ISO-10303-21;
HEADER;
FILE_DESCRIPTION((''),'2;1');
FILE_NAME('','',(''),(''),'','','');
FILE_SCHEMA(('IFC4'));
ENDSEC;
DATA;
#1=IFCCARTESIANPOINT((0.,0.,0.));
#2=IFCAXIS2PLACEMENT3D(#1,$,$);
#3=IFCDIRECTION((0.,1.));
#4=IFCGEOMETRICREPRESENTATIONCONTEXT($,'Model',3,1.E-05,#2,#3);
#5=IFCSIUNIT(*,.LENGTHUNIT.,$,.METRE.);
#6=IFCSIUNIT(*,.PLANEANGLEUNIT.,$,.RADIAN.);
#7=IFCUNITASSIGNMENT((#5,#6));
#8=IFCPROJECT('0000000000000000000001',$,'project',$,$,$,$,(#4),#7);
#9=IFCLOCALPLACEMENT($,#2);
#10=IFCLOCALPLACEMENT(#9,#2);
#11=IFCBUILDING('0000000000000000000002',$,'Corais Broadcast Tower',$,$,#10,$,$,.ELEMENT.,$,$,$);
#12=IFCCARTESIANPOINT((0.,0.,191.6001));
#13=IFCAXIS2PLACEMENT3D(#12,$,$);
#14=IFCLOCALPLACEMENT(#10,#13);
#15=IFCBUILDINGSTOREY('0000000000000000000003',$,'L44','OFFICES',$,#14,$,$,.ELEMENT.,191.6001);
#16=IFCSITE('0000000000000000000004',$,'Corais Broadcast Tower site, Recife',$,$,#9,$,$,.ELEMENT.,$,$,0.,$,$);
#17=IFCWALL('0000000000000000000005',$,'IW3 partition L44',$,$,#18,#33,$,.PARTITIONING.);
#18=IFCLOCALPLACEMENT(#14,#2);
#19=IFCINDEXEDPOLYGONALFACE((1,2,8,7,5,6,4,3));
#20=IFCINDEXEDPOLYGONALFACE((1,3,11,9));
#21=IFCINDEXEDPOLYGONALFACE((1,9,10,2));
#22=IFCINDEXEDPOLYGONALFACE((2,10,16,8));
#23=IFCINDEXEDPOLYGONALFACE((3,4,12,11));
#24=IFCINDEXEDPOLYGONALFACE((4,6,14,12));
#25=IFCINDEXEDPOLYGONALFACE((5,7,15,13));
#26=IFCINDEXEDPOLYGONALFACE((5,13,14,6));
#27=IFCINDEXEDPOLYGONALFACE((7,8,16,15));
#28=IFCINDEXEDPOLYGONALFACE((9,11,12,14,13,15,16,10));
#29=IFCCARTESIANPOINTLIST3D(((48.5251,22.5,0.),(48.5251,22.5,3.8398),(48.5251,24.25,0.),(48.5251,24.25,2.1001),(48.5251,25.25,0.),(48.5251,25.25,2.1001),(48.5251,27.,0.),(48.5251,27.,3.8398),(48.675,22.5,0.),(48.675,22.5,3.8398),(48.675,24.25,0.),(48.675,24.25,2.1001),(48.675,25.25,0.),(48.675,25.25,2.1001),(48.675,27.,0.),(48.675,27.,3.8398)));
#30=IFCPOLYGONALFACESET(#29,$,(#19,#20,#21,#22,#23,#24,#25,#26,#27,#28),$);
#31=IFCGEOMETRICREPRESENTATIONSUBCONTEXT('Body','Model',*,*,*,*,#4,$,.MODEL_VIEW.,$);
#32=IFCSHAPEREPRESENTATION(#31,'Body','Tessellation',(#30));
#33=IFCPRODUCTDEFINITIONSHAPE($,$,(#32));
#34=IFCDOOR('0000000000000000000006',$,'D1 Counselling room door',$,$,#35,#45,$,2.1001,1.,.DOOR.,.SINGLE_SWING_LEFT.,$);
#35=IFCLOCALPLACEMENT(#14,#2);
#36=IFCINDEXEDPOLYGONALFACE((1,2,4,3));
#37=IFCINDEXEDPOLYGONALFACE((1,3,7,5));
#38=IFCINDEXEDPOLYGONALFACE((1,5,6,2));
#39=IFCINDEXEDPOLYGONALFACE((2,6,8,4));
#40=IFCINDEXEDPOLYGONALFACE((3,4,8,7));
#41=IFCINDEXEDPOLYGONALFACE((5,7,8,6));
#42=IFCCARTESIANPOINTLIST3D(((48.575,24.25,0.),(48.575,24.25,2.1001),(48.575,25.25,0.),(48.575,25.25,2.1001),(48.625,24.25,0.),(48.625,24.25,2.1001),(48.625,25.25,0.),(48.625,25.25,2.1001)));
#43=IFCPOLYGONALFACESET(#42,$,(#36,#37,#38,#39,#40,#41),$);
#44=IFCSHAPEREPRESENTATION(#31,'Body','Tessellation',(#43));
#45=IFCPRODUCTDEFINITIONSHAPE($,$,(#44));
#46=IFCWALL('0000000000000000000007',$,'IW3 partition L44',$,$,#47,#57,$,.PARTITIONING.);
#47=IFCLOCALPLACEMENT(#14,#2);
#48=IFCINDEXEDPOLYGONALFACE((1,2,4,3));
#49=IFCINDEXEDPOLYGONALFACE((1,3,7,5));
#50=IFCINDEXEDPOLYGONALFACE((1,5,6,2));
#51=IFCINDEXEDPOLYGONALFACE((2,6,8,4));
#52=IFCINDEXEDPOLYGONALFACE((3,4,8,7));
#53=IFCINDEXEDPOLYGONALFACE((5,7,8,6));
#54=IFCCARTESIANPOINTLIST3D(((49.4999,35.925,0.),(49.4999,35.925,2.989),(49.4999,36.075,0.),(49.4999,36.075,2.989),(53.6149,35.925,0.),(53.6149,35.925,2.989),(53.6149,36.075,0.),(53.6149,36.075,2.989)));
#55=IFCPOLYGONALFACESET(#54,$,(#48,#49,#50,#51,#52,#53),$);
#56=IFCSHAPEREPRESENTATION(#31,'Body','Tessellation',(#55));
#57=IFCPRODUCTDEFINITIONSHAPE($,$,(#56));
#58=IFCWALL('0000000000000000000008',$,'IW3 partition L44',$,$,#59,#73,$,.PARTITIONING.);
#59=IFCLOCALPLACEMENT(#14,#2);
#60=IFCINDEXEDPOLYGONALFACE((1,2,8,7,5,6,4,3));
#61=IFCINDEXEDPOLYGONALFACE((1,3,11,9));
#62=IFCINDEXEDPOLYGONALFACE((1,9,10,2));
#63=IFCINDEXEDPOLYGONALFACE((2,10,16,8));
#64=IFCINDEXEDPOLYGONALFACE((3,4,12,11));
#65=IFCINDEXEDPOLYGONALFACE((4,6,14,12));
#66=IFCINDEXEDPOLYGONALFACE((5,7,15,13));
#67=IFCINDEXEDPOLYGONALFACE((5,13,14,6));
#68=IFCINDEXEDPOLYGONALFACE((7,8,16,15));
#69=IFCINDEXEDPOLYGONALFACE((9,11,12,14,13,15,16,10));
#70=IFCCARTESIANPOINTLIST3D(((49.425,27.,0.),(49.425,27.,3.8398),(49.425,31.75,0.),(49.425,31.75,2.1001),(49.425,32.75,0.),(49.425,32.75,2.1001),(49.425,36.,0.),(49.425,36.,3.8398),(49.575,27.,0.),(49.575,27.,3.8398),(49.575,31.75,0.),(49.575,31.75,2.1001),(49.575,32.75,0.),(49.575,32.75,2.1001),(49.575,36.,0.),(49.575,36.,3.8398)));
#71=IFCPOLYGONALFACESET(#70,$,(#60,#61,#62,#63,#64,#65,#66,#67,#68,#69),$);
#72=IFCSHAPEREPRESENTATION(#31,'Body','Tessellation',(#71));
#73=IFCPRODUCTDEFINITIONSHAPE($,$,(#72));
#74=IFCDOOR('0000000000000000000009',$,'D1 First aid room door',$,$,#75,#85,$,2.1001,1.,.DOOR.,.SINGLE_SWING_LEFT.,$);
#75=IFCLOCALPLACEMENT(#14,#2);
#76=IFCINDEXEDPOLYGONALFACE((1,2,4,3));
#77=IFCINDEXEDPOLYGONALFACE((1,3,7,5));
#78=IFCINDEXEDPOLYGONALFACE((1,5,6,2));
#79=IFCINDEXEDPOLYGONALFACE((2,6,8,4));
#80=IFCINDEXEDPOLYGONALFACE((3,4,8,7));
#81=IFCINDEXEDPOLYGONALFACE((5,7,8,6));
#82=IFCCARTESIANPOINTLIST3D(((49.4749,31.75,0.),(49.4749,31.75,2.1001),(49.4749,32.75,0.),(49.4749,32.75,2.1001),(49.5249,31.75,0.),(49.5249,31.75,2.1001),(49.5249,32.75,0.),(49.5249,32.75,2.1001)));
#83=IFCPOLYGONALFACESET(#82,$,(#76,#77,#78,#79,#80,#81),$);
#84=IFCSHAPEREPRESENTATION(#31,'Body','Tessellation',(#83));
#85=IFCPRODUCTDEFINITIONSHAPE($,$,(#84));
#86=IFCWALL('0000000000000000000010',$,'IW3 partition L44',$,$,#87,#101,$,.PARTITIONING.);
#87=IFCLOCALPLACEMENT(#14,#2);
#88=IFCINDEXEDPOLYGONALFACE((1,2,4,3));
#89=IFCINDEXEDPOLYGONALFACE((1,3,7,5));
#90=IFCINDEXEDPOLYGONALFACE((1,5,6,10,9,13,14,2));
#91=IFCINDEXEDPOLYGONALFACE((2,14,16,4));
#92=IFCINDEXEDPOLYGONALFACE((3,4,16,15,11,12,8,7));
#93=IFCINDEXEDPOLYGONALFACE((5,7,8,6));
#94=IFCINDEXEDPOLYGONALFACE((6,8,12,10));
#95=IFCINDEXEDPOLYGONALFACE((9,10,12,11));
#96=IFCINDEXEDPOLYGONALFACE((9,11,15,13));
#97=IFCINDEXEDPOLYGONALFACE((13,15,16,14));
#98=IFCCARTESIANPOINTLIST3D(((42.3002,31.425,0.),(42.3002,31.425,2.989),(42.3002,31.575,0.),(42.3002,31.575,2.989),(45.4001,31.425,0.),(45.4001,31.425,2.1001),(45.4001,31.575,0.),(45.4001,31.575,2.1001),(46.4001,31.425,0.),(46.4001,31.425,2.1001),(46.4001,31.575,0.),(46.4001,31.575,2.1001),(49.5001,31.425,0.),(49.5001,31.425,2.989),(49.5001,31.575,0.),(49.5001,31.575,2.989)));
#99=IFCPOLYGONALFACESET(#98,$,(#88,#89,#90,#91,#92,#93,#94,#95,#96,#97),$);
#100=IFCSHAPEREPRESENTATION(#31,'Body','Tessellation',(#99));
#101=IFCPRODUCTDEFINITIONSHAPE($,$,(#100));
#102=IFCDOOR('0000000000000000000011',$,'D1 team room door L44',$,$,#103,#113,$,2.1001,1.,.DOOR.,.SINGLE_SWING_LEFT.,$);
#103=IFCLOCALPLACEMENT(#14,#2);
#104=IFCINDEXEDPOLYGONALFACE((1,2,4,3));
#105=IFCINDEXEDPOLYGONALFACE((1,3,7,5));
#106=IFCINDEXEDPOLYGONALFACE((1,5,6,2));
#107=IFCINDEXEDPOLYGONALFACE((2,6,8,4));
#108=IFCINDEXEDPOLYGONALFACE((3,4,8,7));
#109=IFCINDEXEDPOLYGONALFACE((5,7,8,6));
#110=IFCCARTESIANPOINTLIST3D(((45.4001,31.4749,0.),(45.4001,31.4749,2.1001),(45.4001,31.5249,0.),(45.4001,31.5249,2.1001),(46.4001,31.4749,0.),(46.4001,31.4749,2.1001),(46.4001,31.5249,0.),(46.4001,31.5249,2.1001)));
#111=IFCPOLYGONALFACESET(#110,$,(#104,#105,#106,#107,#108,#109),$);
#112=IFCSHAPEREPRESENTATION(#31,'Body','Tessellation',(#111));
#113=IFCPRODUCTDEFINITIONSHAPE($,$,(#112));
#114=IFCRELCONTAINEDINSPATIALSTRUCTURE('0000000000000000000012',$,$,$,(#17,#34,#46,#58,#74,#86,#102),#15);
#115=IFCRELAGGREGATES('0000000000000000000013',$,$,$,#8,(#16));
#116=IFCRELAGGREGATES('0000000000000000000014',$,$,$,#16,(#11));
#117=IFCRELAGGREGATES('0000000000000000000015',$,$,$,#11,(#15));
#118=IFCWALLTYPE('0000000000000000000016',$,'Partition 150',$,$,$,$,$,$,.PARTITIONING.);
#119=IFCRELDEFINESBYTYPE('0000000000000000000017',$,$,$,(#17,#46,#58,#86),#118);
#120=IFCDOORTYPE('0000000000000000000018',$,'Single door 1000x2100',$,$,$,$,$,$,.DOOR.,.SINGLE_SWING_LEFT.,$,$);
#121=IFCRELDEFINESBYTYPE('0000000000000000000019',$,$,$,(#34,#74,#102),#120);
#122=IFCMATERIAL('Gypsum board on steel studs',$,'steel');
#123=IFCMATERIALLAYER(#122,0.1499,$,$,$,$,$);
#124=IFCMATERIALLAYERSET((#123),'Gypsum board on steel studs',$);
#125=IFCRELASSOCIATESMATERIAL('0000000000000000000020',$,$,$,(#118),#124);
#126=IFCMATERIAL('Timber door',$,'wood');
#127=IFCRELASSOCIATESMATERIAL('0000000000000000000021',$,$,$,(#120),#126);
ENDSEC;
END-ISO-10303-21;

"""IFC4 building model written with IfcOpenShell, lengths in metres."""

from ifc_helpers import new_model, si_unit, direction, frame, frame_2d, origin, place, context, subcontext, project, spatial, rectangle, extrude, material, layer, layer_set, type_object, element, fill, save


model = new_model("IFC4")

# Units and contexts
model_context = context("Model", 3, precision=1e-05, world=origin(), true_north=direction((0.0, 1.0)))
body_context = subcontext(model_context, "Body", "Model", "MODEL_VIEW")
ifc_project = project(units=[si_unit("LENGTHUNIT", "METRE"), si_unit("PLANEANGLEUNIT", "RADIAN")], contexts=[model_context])

# Site, building, storey
site_placement = place(None, origin())
site = spatial("IfcSite", under=ifc_project, at=site_placement, Name="Corais Broadcast Tower site, Recife", CompositionType="ELEMENT", RefElevation=0.0)
building_placement = place(site_placement, origin())
building = spatial("IfcBuilding", under=site, at=building_placement, Name="Corais Broadcast Tower", CompositionType="ELEMENT")
storey_placement = place(building_placement, frame((0.0, 0.0, 191.6001)))
storey = spatial("IfcBuildingStorey", under=building, at=storey_placement, Name="L44", Description="OFFICES", CompositionType="ELEMENT", Elevation=191.6001)

# Shared definitions
ifc_material_1 = material(Name="Gypsum board on steel studs", Category="steel")
ifc_layer_1 = layer(ifc_material_1, 0.1499)
ifc_layer_set_1 = layer_set([ifc_layer_1], Name="Gypsum board on steel studs")
wall_type = type_object("IfcWallType", Name="Partition 150", PredefinedType="PARTITIONING", material=ifc_layer_set_1)

# Wall, opening, door
wall_1_placement = place(storey_placement, frame((48.6001, 27.0, 0.0), z_axis=(0.0, 0.0, 1.0), x_axis=(0.0, -1.0, 0.0)))
wall_1 = element("IfcWall", 1, at=wall_1_placement, inside=storey, type_object=wall_type, Name="IW3 partition L44", PredefinedType="PARTITIONING", context=body_context, shape_type="SweptSolid", body=[
    extrude(rectangle(XDim=4.5, YDim=0.1499, at=frame_2d((2.25, 0.0))), origin(), (0.0, 0.0, 1.0), 3.8398),
])
opening_1_placement = place(wall_1_placement, frame((1.75, 0.0, 0.0)))
opening_1 = element("IfcOpeningElement", 2, at=opening_1_placement, cuts=wall_1, PredefinedType="OPENING", context=body_context, shape_type="SweptSolid", body=[
    extrude(rectangle(XDim=1.0, YDim=2.1001, at=frame_2d((0.5, 1.05))), frame((0.0, 0.085, 0.0), z_axis=(0.0, -1.0, 0.0), x_axis=(1.0, 0.0, 0.0)), (0.0, 0.0, 1.0), 0.1699),
])
ifc_material_2 = material(Name="Timber door", Category="wood")
door_type = type_object("IfcDoorType", Name="Single door 1000x2100", OperationType="SINGLE_SWING_LEFT", PredefinedType="DOOR", material=ifc_material_2)
door_1_placement = place(opening_1_placement, origin())
door_1 = element("IfcDoor", 3, at=door_1_placement, inside=storey, type_object=door_type, Name="D1 Counselling room door", OperationType="SINGLE_SWING_LEFT", OverallHeight=2.1001, OverallWidth=1.0, PredefinedType="DOOR", context=body_context, shape_type="SweptSolid", body=[
    extrude(rectangle(XDim=1.0, YDim=2.1001, at=frame_2d((0.5, 1.05))), frame((0.0, 0.0249, 0.0), z_axis=(0.0, -1.0, 0.0), x_axis=(1.0, 0.0, 0.0)), (0.0, 0.0, 1.0), 0.05),
])
fill(opening_1, door_1)

# Wall
wall_2_placement = place(storey_placement, frame((53.615, 36.0, 0.0), z_axis=(0.0, 0.0, 1.0), x_axis=(-1.0, 0.0, 0.0)))
element("IfcWall", 4, at=wall_2_placement, inside=storey, type_object=wall_type, Name="IW3 partition L44", PredefinedType="PARTITIONING", context=body_context, shape_type="SweptSolid", body=[
    extrude(rectangle(XDim=4.115, YDim=0.1499, at=frame_2d((2.0576, 0.0))), origin(), (0.0, 0.0, 1.0), 2.989),
])

# Walls, openings, doors
wall_3_placement = place(storey_placement, frame((49.5, 36.0, 0.0), z_axis=(0.0, 0.0, 1.0), x_axis=(0.0, -1.0, 0.0)))
wall_3 = element("IfcWall", 5, at=wall_3_placement, inside=storey, type_object=wall_type, Name="IW3 partition L44", PredefinedType="PARTITIONING", context=body_context, shape_type="SweptSolid", body=[
    extrude(rectangle(XDim=9.0, YDim=0.1499, at=frame_2d((4.5, 0.0))), origin(), (0.0, 0.0, 1.0), 3.8398),
])
opening_2_placement = place(wall_3_placement, frame((3.25, 0.0, 0.0)))
opening_2 = element("IfcOpeningElement", 6, at=opening_2_placement, cuts=wall_3, PredefinedType="OPENING", context=body_context, shape_type="SweptSolid", body=[
    extrude(rectangle(XDim=1.0, YDim=2.1001, at=frame_2d((0.5, 1.05))), frame((0.0, 0.085, 0.0), z_axis=(0.0, -1.0, 0.0), x_axis=(1.0, 0.0, 0.0)), (0.0, 0.0, 1.0), 0.1699),
])
door_2_placement = place(opening_2_placement, origin())
door_2 = element("IfcDoor", 7, at=door_2_placement, inside=storey, type_object=door_type, Name="D1 First aid room door", OperationType="SINGLE_SWING_LEFT", OverallHeight=2.1001, OverallWidth=1.0, PredefinedType="DOOR", context=body_context, shape_type="SweptSolid", body=[
    extrude(rectangle(XDim=1.0, YDim=2.1001, at=frame_2d((0.5, 1.05))), frame((0.0, 0.0249, 0.0), z_axis=(0.0, -1.0, 0.0), x_axis=(1.0, 0.0, 0.0)), (0.0, 0.0, 1.0), 0.05),
])
fill(opening_2, door_2)
wall_4_placement = place(storey_placement, frame((42.3, 31.5, 0.0), z_axis=(0.0, 0.0, 1.0), x_axis=(1.0, 0.0, 0.0)))
wall_4 = element("IfcWall", 8, at=wall_4_placement, inside=storey, type_object=wall_type, Name="IW3 partition L44", PredefinedType="PARTITIONING", context=body_context, shape_type="SweptSolid", body=[
    extrude(rectangle(XDim=7.2, YDim=0.1499, at=frame_2d((3.6001, 0.0))), origin(), (0.0, 0.0, 1.0), 2.989),
])
opening_3_placement = place(wall_4_placement, frame((3.1001, 0.0, 0.0)))
opening_3 = element("IfcOpeningElement", 9, at=opening_3_placement, cuts=wall_4, PredefinedType="OPENING", context=body_context, shape_type="SweptSolid", body=[
    extrude(rectangle(XDim=1.0, YDim=2.1001, at=frame_2d((0.5, 1.05))), frame((0.0, 0.085, 0.0), z_axis=(0.0, -1.0, 0.0), x_axis=(1.0, 0.0, 0.0)), (0.0, 0.0, 1.0), 0.1699),
])
door_3_placement = place(opening_3_placement, origin())
door_3 = element("IfcDoor", 10, at=door_3_placement, inside=storey, type_object=door_type, Name="D1 team room door L44", OperationType="SINGLE_SWING_LEFT", OverallHeight=2.1001, OverallWidth=1.0, PredefinedType="DOOR", context=body_context, shape_type="SweptSolid", body=[
    extrude(rectangle(XDim=1.0, YDim=2.1001, at=frame_2d((0.5, 1.05))), frame((0.0, 0.0249, 0.0), z_axis=(0.0, -1.0, 0.0), x_axis=(1.0, 0.0, 0.0)), (0.0, 0.0, 1.0), 0.05),
])
fill(opening_3, door_3)

save(model, "model.ifc")
